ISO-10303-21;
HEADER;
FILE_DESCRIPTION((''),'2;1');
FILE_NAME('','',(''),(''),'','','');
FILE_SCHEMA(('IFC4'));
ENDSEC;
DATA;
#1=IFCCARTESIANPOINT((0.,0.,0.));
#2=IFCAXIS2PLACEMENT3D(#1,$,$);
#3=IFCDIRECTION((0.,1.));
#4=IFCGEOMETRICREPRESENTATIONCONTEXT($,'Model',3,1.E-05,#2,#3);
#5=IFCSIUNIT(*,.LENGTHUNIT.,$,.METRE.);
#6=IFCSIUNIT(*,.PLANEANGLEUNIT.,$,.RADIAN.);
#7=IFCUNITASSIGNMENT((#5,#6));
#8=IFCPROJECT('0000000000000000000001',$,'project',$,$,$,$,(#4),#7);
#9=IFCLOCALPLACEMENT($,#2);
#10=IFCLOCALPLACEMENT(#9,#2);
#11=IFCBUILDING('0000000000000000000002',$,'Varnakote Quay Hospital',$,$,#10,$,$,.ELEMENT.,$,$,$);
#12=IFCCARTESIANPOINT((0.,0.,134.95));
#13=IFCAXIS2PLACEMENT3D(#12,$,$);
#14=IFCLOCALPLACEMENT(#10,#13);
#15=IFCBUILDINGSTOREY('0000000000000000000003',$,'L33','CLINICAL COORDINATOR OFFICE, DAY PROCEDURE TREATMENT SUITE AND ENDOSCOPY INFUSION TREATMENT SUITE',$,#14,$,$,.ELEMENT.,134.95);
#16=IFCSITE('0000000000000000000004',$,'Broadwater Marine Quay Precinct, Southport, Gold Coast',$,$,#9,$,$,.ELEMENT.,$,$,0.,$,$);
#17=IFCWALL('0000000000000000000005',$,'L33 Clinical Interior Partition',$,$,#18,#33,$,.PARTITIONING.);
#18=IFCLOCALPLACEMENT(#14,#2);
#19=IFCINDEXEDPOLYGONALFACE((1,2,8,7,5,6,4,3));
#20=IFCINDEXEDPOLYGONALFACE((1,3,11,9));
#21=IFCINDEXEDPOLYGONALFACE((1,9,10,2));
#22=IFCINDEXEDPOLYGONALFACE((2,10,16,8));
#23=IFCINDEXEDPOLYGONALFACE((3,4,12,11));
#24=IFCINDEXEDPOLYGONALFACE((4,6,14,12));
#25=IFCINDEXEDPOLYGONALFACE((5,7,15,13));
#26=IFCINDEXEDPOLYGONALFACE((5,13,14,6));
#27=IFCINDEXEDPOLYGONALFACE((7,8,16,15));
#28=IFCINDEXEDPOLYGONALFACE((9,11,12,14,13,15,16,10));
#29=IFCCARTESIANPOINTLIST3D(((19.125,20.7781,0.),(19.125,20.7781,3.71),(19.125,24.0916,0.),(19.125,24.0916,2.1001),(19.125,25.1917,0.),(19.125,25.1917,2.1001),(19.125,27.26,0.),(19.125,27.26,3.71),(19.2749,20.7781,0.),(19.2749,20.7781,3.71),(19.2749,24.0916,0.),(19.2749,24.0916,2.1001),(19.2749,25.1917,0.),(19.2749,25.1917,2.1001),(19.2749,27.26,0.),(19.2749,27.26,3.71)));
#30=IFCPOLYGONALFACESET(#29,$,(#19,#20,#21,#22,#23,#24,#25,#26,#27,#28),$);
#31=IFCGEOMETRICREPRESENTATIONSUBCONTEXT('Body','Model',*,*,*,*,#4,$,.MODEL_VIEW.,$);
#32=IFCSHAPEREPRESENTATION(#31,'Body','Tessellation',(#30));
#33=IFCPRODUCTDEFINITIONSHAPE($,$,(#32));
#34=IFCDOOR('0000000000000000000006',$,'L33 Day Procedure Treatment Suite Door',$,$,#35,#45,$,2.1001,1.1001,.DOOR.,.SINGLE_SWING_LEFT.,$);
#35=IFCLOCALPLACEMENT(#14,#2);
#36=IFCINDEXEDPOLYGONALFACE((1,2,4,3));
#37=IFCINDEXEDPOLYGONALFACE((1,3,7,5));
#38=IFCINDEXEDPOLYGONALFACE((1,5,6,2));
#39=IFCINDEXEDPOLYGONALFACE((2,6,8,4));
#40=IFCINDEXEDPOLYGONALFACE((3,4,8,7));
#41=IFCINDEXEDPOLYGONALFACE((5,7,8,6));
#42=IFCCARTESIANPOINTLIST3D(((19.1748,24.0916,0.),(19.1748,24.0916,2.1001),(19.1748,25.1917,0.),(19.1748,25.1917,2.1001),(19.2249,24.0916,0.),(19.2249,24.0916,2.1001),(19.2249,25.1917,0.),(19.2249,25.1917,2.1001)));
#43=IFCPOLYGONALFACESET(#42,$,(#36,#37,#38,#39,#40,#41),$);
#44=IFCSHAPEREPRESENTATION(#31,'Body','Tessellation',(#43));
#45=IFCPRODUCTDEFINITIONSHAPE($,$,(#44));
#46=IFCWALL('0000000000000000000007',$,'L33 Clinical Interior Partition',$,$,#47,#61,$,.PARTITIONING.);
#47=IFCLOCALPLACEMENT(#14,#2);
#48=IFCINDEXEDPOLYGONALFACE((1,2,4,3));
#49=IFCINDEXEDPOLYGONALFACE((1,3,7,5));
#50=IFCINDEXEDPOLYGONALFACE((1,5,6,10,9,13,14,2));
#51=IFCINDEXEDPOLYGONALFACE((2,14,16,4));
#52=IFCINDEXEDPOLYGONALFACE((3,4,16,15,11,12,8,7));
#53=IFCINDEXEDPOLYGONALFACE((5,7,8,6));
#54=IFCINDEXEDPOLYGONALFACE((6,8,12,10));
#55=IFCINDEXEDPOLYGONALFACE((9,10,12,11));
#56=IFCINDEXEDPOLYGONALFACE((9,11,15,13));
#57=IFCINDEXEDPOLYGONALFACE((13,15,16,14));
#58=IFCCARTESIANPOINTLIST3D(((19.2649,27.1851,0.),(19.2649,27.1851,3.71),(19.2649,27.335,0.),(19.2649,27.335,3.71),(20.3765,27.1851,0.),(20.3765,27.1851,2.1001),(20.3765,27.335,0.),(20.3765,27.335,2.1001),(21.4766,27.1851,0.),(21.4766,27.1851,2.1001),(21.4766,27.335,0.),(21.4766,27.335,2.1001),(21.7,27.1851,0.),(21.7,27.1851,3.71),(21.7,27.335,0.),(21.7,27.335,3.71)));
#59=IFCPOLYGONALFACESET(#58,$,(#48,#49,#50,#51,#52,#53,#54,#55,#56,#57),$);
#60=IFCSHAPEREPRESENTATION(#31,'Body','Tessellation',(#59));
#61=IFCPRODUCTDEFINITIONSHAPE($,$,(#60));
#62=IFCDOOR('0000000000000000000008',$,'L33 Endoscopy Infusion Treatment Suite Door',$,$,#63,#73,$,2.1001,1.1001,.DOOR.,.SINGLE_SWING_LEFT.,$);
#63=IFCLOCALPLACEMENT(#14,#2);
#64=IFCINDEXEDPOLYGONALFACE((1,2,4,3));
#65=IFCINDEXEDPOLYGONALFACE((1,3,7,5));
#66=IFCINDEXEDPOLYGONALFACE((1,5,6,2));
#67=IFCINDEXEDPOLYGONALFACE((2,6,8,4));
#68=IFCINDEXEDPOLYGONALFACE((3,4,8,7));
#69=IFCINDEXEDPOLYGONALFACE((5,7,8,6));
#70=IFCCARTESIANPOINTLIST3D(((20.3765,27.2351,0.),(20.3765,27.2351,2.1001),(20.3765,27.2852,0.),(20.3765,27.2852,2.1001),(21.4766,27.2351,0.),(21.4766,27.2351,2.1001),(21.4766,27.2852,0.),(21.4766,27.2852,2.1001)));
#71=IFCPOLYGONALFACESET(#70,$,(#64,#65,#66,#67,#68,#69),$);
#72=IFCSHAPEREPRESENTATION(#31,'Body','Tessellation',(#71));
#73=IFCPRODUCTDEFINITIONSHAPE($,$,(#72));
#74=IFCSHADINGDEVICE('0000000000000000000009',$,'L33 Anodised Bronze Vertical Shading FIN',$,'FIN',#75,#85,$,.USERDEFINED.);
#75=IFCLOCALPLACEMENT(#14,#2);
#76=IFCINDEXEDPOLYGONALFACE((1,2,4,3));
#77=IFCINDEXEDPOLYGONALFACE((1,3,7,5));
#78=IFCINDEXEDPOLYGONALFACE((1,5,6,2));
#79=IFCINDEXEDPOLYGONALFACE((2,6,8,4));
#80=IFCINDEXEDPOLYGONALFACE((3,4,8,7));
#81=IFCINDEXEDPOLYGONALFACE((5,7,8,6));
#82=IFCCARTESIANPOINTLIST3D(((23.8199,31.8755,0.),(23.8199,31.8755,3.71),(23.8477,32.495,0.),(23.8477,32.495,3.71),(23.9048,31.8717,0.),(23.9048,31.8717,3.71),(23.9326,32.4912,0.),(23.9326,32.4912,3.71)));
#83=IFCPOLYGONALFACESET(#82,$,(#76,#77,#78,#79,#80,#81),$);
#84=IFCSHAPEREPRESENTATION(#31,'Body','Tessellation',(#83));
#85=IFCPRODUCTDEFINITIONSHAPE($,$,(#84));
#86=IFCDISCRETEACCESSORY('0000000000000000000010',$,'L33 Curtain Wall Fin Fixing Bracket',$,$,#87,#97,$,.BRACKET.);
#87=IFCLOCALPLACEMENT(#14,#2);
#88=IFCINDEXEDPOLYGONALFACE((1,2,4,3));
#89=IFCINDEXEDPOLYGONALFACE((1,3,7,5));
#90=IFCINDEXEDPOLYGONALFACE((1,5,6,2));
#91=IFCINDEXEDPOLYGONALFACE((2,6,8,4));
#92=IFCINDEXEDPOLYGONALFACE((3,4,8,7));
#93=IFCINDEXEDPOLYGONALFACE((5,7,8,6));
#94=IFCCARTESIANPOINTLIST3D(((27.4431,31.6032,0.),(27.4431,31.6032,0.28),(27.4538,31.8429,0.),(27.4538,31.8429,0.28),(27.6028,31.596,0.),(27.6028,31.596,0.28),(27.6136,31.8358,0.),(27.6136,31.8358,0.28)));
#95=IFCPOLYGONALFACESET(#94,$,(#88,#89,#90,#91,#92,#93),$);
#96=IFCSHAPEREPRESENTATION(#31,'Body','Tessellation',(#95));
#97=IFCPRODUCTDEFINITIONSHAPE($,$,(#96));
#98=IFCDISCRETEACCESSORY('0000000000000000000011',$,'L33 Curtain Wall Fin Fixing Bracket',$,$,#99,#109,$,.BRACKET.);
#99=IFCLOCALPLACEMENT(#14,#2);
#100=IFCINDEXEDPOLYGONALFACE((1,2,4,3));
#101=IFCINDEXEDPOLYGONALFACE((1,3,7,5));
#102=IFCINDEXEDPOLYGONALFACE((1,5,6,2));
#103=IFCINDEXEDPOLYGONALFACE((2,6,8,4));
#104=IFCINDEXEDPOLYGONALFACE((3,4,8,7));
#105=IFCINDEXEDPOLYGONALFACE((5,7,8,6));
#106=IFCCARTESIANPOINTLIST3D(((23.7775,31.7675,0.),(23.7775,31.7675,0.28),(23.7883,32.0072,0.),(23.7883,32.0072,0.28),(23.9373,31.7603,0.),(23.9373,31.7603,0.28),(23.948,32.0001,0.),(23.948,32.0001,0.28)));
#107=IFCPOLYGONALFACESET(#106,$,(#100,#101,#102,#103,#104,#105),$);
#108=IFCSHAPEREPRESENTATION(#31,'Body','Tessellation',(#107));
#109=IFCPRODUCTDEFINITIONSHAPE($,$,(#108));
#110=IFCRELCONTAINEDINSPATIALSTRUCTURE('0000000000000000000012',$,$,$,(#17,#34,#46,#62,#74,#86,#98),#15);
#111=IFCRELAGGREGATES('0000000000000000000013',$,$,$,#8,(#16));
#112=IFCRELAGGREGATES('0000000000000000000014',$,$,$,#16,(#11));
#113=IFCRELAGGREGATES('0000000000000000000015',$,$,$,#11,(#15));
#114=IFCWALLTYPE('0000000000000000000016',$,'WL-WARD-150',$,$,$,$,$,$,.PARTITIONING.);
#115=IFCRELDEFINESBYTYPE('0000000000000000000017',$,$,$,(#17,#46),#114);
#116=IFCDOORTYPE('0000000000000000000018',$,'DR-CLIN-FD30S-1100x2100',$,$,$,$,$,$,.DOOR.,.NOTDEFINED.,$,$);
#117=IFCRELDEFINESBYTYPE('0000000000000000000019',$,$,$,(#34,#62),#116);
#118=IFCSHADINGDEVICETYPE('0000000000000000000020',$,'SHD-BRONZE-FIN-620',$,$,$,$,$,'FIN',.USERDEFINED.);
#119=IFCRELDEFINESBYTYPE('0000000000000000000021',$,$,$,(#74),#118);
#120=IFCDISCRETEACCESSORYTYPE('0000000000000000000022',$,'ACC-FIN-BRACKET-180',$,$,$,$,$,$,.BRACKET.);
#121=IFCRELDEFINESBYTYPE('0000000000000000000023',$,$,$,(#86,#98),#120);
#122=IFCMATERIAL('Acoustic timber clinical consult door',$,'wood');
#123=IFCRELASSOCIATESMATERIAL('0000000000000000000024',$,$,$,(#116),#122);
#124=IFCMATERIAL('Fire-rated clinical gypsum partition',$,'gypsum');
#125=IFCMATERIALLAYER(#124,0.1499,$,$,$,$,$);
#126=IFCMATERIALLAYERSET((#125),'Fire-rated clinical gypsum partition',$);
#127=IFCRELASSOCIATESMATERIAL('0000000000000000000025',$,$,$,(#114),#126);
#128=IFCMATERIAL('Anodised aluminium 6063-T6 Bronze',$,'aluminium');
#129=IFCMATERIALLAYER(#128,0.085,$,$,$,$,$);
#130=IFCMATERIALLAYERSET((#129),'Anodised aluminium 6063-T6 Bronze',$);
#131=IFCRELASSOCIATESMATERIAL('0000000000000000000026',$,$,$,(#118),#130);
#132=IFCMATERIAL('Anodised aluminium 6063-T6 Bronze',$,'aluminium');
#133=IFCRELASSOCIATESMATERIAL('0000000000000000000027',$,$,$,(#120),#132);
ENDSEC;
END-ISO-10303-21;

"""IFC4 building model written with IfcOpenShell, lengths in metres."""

from ifc_helpers import new_model, si_unit, direction, frame, frame_2d, origin, origin_2d, place, context, subcontext, project, spatial, rectangle, extrude, material, layer, layer_set, type_object, element, fill, save


model = new_model("IFC4")

# Units and contexts
model_context = context("Model", 3, precision=1e-05, world=origin(), true_north=direction((0.0, 1.0)))
body_context = subcontext(model_context, "Body", "Model", "MODEL_VIEW")
ifc_project = project(units=[si_unit("LENGTHUNIT", "METRE"), si_unit("PLANEANGLEUNIT", "RADIAN")], contexts=[model_context])

# Site, building, storey
site_placement = place(None, origin())
site = spatial("IfcSite", under=ifc_project, at=site_placement, Name="Broadwater Marine Quay Precinct, Southport, Gold Coast", CompositionType="ELEMENT", RefElevation=0.0)
building_placement = place(site_placement, origin())
building = spatial("IfcBuilding", under=site, at=building_placement, Name="Varnakote Quay Hospital", CompositionType="ELEMENT")
storey_placement = place(building_placement, frame((0.0, 0.0, 134.95)))
storey = spatial("IfcBuildingStorey", under=building, at=storey_placement, Name="L33", Description="CLINICAL COORDINATOR OFFICE, DAY PROCEDURE TREATMENT SUITE AND ENDOSCOPY INFUSION TREATMENT SUITE", CompositionType="ELEMENT", Elevation=134.95)

# Shared definitions
ifc_material_1 = material(Name="Acoustic timber clinical consult door", Category="wood")
door_type = type_object("IfcDoorType", Name="DR-CLIN-FD30S-1100x2100", OperationType="NOTDEFINED", PredefinedType="DOOR", material=ifc_material_1)

# Walls, openings, doors
ifc_material_2 = material(Name="Fire-rated clinical gypsum partition", Category="gypsum")
ifc_layer_1 = layer(ifc_material_2, 0.1499)
ifc_layer_set_1 = layer_set([ifc_layer_1], Name="Fire-rated clinical gypsum partition")
wall_type_1 = type_object("IfcWallType", Name="WL-WARD-150", PredefinedType="PARTITIONING", material=ifc_layer_set_1)
wall_1_placement = place(storey_placement, frame((19.2, 27.26, 0.0), z_axis=(0.0, 0.0, 1.0), x_axis=(0.0, -1.0, 0.0)))
wall_1 = element("IfcWall", 1, at=wall_1_placement, inside=storey, type_object=wall_type_1, Name="L33 Clinical Interior Partition", PredefinedType="PARTITIONING", context=body_context, shape_type="SweptSolid", body=[
    extrude(rectangle(XDim=6.4819, YDim=0.1499, at=frame_2d((3.241, 0.0))), origin(), (0.0, 0.0, 1.0), 3.71),
])
opening_1_placement = place(wall_1_placement, frame((2.0684, 0.0, 0.0)))
opening_1 = element("IfcOpeningElement", 2, at=opening_1_placement, cuts=wall_1, PredefinedType="OPENING", context=body_context, shape_type="SweptSolid", body=[
    extrude(rectangle(XDim=1.1001, YDim=2.1001, at=frame_2d((0.55, 1.05))), frame((0.0, 0.085, 0.0), z_axis=(0.0, -1.0, 0.0), x_axis=(1.0, 0.0, 0.0)), (0.0, 0.0, 1.0), 0.1699),
])
door_1_placement = place(opening_1_placement, origin())
door_1 = element("IfcDoor", 3, at=door_1_placement, inside=storey, type_object=door_type, Name="L33 Day Procedure Treatment Suite Door", OperationType="SINGLE_SWING_LEFT", OverallHeight=2.1001, OverallWidth=1.1001, PredefinedType="DOOR", context=body_context, shape_type="SweptSolid", body=[
    extrude(rectangle(XDim=1.1001, YDim=2.1001, at=frame_2d((0.55, 1.05))), frame((0.0, 0.0249, 0.0), z_axis=(0.0, -1.0, 0.0), x_axis=(1.0, 0.0, 0.0)), (0.0, 0.0, 1.0), 0.05),
])
fill(opening_1, door_1)
wall_2_placement = place(storey_placement, frame((21.7, 27.26, 0.0), z_axis=(0.0, 0.0, 1.0), x_axis=(-1.0, 0.0, 0.0)))
wall_2 = element("IfcWall", 4, at=wall_2_placement, inside=storey, type_object=wall_type_1, Name="L33 Clinical Interior Partition", PredefinedType="PARTITIONING", context=body_context, shape_type="SweptSolid", body=[
    extrude(rectangle(XDim=2.4351, YDim=0.1499, at=frame_2d((1.2175, 0.0))), origin(), (0.0, 0.0, 1.0), 3.71),
])
opening_2_placement = place(wall_2_placement, frame((0.2234, 0.0, 0.0)))
opening_2 = element("IfcOpeningElement", 5, at=opening_2_placement, cuts=wall_2, PredefinedType="OPENING", context=body_context, shape_type="SweptSolid", body=[
    extrude(rectangle(XDim=1.1001, YDim=2.1001, at=frame_2d((0.55, 1.05))), frame((0.0, 0.085, 0.0), z_axis=(0.0, -1.0, 0.0), x_axis=(1.0, 0.0, 0.0)), (0.0, 0.0, 1.0), 0.1699),
])
door_2_placement = place(opening_2_placement, origin())
door_2 = element("IfcDoor", 6, at=door_2_placement, inside=storey, type_object=door_type, Name="L33 Endoscopy Infusion Treatment Suite Door", OperationType="SINGLE_SWING_LEFT", OverallHeight=2.1001, OverallWidth=1.1001, PredefinedType="DOOR", context=body_context, shape_type="SweptSolid", body=[
    extrude(rectangle(XDim=1.1001, YDim=2.1001, at=frame_2d((0.55, 1.05))), frame((0.0, 0.0249, 0.0), z_axis=(0.0, -1.0, 0.0), x_axis=(1.0, 0.0, 0.0)), (0.0, 0.0, 1.0), 0.05),
])
fill(opening_2, door_2)

# Shading device
ifc_material_3 = material(Name="Anodised aluminium 6063-T6 Bronze", Category="aluminium")
ifc_layer_2 = layer(ifc_material_3, 0.085)
ifc_layer_set_2 = layer_set([ifc_layer_2], Name="Anodised aluminium 6063-T6 Bronze")
shading_device_type = type_object("IfcShadingDeviceType", Name="SHD-BRONZE-FIN-620", ElementType="FIN", PredefinedType="USERDEFINED", material=ifc_layer_set_2)
shading_device_placement = place(storey_placement, frame((23.8762, 32.1833, 0.0), z_axis=(0.0, 0.0, 1.0), x_axis=(-0.04484, -0.998994, 0.0)))
element("IfcShadingDevice", 7, at=shading_device_placement, inside=storey, type_object=shading_device_type, Name="L33 Anodised Bronze Vertical Shading FIN", ObjectType="FIN", PredefinedType="USERDEFINED", context=body_context, shape_type="SweptSolid", body=[
    extrude(rectangle(XDim=0.6201, YDim=0.085, at=origin_2d()), origin(), (0.0, 0.0, 1.0), 3.71),
])

# Discrete accessories
ifc_material_4 = material(Name="Anodised aluminium 6063-T6 Bronze", Category="aluminium")
discrete_accessory_type = type_object("IfcDiscreteAccessoryType", Name="ACC-FIN-BRACKET-180", PredefinedType="BRACKET", material=ifc_material_4)
for number, where, z_axis, x_axis, name in (
    (8, (27.5283, 31.7195, 0.0), (0.0, 0.0, 1.0), (-0.998994, 0.04484, 0.0), "L33 Curtain Wall Fin Fixing Bracket"),
    (9, (23.8628, 31.8838, 0.0), (0.0, 0.0, 1.0), (-0.998994, 0.04484, 0.0), "L33 Curtain Wall Fin Fixing Bracket"),
):
    element("IfcDiscreteAccessory", number, at=place(storey_placement, frame(where, z_axis=z_axis, x_axis=x_axis)), inside=storey, type_object=discrete_accessory_type, Name=name, PredefinedType="BRACKET", context=body_context, shape_type="SweptSolid", body=[
        extrude(rectangle(XDim=0.1599, YDim=0.24, at=origin_2d()), origin(), (0.0, 0.0, 1.0), 0.28),
    ])

save(model, "model.ifc")
